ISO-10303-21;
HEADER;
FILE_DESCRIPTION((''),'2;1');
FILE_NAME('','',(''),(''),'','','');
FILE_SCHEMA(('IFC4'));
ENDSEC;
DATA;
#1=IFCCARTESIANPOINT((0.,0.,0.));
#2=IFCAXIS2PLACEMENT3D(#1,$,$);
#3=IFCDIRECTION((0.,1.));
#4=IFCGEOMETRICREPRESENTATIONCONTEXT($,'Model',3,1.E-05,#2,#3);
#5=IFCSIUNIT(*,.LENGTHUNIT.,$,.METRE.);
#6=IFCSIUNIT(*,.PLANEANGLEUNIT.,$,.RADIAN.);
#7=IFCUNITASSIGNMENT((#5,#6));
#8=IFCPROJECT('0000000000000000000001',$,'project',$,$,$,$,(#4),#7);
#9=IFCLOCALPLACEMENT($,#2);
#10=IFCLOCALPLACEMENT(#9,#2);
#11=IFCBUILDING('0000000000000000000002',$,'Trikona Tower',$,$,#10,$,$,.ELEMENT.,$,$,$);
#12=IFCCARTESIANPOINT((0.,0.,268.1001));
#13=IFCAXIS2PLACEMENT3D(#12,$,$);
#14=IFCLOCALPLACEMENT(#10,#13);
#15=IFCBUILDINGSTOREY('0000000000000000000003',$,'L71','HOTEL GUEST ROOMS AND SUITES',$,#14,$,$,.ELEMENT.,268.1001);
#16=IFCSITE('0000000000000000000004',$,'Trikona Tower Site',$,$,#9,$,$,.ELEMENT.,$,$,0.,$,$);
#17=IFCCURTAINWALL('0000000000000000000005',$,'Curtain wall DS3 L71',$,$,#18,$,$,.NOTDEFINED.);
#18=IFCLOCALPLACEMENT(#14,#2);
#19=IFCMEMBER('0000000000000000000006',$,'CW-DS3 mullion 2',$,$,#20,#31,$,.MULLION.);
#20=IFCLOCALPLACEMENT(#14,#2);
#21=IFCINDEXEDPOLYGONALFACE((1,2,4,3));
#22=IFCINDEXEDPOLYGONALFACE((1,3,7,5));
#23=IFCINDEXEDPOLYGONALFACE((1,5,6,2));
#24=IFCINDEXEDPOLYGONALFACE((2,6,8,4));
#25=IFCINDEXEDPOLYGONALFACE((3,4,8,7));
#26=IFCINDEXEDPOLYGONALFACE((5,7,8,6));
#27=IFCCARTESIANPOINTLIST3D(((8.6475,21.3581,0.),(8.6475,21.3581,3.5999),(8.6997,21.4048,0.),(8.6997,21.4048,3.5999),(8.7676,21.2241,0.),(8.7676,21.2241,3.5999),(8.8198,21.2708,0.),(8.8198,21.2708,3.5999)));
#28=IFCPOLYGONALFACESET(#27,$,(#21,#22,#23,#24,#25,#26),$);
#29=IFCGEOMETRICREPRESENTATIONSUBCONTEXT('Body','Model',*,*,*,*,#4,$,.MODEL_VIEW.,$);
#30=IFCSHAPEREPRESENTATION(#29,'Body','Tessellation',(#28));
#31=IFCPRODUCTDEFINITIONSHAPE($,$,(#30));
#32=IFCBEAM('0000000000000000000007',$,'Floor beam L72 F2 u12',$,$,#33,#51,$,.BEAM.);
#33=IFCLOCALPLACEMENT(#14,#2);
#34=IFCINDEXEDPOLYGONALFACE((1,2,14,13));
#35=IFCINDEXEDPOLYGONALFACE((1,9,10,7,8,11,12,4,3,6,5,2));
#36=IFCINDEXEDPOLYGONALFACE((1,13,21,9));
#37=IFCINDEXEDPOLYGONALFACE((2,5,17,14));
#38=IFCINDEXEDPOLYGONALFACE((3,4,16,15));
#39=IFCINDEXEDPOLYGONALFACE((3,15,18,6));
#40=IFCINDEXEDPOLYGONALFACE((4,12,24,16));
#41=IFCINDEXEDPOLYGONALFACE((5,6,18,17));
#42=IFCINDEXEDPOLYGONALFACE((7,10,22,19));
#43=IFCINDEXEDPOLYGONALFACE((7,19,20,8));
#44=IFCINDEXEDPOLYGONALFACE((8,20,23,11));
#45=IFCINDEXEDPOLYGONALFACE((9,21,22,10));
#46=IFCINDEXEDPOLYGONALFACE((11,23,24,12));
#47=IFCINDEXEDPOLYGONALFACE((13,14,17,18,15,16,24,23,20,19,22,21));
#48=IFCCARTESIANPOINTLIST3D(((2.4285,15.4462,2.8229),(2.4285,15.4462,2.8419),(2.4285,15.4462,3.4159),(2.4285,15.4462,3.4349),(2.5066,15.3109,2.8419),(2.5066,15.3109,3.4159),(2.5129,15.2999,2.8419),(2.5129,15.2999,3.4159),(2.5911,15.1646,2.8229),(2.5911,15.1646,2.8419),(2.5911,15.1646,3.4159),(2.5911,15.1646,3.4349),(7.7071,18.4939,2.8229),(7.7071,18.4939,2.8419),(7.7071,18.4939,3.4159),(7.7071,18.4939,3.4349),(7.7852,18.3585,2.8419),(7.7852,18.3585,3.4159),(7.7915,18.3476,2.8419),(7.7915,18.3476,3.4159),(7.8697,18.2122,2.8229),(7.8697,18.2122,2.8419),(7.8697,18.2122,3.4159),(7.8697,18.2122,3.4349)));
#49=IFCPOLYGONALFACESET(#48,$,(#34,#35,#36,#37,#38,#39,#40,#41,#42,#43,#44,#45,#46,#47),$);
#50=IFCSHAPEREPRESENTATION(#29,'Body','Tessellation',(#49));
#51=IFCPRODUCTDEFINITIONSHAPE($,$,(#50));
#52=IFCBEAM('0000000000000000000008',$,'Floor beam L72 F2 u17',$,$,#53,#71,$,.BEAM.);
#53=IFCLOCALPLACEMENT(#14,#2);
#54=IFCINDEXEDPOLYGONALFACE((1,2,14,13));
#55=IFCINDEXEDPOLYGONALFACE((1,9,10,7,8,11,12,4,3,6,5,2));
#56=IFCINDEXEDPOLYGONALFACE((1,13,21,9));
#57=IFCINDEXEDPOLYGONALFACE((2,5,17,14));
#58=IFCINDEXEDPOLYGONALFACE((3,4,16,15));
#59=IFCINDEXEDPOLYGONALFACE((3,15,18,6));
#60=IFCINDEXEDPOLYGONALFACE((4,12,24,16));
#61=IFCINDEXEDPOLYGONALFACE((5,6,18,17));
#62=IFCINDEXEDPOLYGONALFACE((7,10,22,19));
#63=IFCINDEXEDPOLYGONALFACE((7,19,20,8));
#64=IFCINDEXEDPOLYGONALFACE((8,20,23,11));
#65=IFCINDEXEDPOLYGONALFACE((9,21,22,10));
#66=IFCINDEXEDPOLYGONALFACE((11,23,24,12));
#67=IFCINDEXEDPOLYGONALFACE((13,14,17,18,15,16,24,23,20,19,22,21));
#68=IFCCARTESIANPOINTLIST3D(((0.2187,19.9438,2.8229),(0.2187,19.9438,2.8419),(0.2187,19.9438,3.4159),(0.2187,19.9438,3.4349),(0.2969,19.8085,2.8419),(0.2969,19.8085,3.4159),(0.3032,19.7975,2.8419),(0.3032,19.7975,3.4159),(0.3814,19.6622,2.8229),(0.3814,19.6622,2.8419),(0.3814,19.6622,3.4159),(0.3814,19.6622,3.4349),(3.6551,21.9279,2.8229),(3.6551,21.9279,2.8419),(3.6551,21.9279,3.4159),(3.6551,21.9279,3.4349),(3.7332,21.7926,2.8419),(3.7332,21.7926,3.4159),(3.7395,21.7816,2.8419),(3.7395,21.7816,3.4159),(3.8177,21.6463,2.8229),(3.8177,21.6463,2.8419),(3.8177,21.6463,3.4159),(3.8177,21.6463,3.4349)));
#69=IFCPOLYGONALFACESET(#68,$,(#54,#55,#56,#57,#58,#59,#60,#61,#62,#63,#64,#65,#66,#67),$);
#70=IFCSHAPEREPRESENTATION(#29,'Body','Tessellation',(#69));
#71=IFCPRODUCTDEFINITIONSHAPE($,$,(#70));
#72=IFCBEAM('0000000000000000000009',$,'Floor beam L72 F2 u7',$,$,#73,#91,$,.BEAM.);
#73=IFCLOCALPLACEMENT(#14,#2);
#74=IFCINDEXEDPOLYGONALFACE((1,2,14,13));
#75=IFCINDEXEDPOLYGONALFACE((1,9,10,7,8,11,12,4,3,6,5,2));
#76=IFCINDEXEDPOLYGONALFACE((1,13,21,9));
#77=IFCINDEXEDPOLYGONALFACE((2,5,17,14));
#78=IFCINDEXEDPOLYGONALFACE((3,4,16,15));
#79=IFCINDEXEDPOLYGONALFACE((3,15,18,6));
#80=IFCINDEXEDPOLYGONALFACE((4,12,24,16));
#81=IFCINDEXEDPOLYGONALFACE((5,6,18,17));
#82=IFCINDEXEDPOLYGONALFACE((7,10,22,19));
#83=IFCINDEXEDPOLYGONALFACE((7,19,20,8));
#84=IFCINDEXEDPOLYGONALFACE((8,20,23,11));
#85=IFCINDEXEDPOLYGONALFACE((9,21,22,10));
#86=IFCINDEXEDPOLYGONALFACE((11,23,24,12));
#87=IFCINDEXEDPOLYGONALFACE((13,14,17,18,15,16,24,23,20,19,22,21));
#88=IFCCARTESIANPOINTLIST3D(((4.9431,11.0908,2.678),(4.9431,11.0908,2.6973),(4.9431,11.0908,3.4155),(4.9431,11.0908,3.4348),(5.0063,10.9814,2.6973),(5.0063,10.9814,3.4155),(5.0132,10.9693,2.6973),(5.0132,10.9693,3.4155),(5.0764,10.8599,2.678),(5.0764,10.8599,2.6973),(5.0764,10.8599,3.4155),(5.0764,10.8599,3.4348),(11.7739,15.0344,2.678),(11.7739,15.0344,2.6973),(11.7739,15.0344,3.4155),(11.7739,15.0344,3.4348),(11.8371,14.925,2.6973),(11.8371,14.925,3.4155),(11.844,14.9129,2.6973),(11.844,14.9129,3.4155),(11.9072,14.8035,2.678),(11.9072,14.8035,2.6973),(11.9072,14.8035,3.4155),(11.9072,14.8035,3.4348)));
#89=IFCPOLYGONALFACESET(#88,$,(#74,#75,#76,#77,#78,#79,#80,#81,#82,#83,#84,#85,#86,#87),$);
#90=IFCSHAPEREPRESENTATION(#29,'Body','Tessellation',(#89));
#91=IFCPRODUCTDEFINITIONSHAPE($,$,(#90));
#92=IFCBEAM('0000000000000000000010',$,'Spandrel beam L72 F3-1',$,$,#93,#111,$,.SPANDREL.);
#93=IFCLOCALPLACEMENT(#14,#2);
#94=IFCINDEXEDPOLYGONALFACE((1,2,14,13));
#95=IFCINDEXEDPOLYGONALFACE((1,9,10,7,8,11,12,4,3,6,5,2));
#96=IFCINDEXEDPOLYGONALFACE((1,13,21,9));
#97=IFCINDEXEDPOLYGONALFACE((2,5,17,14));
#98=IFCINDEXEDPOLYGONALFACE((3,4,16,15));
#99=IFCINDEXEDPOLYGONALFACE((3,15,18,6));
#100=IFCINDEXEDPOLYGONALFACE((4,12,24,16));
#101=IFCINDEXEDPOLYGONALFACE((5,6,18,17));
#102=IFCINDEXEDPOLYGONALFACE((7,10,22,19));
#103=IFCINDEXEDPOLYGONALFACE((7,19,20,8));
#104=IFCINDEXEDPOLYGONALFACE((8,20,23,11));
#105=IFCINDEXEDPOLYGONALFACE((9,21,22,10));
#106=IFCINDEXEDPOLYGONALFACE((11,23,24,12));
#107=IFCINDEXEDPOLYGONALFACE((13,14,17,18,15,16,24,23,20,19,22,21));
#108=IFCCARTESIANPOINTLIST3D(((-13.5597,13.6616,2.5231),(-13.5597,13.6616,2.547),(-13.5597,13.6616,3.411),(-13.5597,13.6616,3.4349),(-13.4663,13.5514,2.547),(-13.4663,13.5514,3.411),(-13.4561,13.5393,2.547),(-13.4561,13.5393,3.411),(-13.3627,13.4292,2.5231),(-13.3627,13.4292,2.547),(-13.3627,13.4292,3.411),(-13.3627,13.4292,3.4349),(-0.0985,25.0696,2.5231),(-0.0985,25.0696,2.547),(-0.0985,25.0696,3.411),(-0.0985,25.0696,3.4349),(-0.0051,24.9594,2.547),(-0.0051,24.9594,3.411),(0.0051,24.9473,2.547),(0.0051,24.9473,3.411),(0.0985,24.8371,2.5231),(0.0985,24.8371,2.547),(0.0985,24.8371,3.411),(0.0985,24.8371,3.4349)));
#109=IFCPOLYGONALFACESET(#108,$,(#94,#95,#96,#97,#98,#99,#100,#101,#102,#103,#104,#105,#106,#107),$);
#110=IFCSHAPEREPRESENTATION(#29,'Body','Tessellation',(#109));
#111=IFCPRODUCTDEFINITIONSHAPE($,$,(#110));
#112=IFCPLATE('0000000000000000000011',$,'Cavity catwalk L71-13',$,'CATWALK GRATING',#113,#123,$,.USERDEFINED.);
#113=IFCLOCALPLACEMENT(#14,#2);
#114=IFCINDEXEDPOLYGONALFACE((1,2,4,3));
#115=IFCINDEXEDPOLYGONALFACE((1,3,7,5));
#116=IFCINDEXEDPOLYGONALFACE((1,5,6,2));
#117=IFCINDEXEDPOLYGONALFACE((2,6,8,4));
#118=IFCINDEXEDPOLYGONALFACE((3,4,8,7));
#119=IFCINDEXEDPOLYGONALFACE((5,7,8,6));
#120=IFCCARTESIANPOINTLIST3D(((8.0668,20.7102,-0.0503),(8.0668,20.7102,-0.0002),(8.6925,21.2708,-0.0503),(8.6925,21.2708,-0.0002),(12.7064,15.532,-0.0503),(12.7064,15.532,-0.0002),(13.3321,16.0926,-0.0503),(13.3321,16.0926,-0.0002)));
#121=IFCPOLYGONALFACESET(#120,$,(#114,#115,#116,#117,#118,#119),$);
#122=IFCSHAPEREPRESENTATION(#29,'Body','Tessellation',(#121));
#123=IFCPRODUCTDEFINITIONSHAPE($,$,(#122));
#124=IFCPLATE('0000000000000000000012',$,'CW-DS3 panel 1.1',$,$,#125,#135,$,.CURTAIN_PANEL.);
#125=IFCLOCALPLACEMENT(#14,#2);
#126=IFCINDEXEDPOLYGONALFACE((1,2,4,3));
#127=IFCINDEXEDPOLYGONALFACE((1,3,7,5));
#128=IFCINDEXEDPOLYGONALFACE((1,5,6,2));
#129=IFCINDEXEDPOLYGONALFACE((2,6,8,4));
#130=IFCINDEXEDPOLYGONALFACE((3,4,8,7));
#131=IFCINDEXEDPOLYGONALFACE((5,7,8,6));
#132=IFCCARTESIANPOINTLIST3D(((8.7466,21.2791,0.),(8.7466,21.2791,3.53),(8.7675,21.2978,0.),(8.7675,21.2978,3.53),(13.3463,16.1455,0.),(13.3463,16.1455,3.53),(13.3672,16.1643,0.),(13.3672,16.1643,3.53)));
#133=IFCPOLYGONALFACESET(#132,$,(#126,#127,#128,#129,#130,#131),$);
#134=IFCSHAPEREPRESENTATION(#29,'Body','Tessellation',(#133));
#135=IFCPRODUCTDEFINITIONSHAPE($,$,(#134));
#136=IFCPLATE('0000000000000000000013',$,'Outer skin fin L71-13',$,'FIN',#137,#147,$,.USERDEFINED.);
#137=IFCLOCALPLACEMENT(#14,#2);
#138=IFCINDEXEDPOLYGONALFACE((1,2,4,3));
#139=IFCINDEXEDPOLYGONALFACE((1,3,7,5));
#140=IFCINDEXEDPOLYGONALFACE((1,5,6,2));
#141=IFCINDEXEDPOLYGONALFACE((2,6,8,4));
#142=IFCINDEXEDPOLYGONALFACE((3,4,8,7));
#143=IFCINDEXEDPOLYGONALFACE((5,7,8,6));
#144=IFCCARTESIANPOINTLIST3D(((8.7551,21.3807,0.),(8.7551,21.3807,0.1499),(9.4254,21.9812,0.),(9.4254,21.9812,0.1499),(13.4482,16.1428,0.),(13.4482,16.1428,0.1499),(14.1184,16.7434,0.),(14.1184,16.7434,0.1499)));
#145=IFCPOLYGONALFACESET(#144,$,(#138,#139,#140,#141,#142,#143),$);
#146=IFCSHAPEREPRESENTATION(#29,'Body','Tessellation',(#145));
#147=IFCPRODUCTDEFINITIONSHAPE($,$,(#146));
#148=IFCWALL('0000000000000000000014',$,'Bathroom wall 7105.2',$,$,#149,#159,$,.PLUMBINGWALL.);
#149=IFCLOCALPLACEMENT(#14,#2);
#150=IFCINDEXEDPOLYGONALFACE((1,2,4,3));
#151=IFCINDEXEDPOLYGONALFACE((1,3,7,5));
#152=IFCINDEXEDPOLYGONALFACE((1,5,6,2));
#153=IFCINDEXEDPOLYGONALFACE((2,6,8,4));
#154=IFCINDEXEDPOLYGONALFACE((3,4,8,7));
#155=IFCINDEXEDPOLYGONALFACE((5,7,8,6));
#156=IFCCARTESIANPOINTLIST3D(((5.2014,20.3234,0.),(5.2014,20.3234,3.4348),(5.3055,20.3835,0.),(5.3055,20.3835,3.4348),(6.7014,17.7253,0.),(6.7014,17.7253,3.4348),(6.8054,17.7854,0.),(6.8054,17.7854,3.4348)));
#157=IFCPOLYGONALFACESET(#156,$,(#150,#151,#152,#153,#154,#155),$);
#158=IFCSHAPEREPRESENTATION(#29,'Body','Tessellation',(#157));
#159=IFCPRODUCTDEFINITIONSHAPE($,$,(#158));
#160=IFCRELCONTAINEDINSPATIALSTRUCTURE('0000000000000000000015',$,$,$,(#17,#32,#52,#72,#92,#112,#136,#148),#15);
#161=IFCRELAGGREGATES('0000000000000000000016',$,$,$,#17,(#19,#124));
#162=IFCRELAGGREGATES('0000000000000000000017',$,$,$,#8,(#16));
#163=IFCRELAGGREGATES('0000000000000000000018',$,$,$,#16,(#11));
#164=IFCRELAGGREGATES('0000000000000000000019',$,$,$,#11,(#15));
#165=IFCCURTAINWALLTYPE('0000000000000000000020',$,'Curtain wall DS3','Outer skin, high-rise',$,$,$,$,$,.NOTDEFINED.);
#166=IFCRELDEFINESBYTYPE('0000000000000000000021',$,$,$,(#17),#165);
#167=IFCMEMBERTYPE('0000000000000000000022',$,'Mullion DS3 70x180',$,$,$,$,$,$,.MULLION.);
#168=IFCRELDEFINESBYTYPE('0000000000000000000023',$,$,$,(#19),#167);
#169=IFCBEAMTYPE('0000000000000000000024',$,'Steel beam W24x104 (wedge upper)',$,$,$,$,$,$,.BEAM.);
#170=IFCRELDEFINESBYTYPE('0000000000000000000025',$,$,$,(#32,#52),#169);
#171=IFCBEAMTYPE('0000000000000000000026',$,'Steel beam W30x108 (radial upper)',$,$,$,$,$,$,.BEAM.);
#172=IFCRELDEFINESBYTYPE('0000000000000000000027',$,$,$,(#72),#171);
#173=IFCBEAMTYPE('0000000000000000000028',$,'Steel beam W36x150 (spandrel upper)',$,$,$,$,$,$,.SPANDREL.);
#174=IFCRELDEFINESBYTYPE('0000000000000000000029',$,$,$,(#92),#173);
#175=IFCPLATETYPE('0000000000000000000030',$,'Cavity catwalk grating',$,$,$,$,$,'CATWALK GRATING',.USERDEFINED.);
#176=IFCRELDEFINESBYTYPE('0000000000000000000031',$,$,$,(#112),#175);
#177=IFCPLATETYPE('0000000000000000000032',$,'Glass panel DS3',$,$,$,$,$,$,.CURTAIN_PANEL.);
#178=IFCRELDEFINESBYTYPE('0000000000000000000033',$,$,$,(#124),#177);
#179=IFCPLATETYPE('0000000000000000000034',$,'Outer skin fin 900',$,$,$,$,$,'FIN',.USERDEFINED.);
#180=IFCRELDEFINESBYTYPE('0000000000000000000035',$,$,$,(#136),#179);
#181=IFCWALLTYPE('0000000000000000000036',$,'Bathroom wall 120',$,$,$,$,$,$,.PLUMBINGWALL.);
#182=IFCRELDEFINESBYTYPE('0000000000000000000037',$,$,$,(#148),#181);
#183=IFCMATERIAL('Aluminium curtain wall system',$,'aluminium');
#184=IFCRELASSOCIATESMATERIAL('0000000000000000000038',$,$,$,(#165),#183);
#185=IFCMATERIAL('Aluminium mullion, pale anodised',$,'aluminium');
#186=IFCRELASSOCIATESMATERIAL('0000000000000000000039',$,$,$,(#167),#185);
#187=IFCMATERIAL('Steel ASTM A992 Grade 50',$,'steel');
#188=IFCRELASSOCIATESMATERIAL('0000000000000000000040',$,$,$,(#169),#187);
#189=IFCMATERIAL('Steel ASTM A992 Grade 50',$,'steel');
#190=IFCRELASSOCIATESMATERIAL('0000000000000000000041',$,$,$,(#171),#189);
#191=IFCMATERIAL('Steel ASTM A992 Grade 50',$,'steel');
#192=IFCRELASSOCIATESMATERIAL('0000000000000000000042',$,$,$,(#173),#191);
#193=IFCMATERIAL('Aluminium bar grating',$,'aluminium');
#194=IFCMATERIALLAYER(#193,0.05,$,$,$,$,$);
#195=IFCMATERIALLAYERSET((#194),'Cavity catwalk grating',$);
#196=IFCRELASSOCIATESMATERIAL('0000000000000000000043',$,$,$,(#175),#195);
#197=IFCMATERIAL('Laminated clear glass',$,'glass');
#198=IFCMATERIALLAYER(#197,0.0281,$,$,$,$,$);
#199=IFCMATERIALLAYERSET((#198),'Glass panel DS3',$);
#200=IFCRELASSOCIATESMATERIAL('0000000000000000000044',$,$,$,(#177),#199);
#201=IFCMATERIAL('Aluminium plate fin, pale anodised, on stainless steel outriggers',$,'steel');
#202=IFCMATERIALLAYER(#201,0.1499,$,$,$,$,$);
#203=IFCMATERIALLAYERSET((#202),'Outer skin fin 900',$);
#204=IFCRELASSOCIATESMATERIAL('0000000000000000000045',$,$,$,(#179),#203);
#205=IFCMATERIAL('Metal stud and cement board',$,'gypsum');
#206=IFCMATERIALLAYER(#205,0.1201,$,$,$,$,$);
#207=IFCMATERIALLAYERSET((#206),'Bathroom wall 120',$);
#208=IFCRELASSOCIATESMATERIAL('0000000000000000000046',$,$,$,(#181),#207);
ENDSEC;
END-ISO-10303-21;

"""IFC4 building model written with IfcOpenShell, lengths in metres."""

from ifc_helpers import new_model, si_unit, direction, frame, frame_2d, origin, origin_2d, place, context, subcontext, project, spatial, rectangle, i_section, extrude, material, layer, layer_set, material_profile, profile_set, type_object, element, aggregate, save


model = new_model("IFC4")

# Units and contexts
model_context = context("Model", 3, precision=1e-05, world=origin(), true_north=direction((0.0, 1.0)))
body_context = subcontext(model_context, "Body", "Model", "MODEL_VIEW")
ifc_project = project(units=[si_unit("LENGTHUNIT", "METRE"), si_unit("PLANEANGLEUNIT", "RADIAN")], contexts=[model_context])

# Site, building, storey
site_placement = place(None, origin())
site = spatial("IfcSite", under=ifc_project, at=site_placement, Name="Trikona Tower Site", CompositionType="ELEMENT", RefElevation=0.0)
building_placement = place(site_placement, origin())
building = spatial("IfcBuilding", under=site, at=building_placement, Name="Trikona Tower", CompositionType="ELEMENT")
storey_placement = place(building_placement, frame((0.0, 0.0, 268.1001)))
storey = spatial("IfcBuildingStorey", under=building, at=storey_placement, Name="L71", Description="HOTEL GUEST ROOMS AND SUITES", CompositionType="ELEMENT", Elevation=268.1001)

# Curtain wall, member
ifc_material_1 = material(Name="Aluminium curtain wall system", Category="aluminium")
curtain_wall_type = type_object("IfcCurtainWallType", Name="Curtain wall DS3", Description="Outer skin, high-rise", PredefinedType="NOTDEFINED", material=ifc_material_1)
curtain_wall_placement = place(storey_placement, origin())
curtain_wall = element("IfcCurtainWall", 1, at=curtain_wall_placement, inside=storey, type_object=curtain_wall_type, Name="Curtain wall DS3 L71", PredefinedType="NOTDEFINED")
ifc_material_2 = material(Name="Aluminium mullion, pale anodised", Category="aluminium")
ifc_material_profile_1 = material_profile(ifc_material_2, rectangle(XDim=0.0701, YDim=0.1799, at=origin_2d()), Name="MUL-DS3")
ifc_profile_set_1 = profile_set([ifc_material_profile_1], Name="Aluminium mullion, pale anodised")
member_type = type_object("IfcMemberType", Name="Mullion DS3 70x180", PredefinedType="MULLION", material=ifc_profile_set_1)
member_placement = place(storey_placement, frame((8.7336, 21.3145, 0.0), z_axis=(0.0, 0.0, 1.0), x_axis=(-0.744771, -0.66732, 0.0)))
member = element("IfcMember", 2, at=member_placement, type_object=member_type, Name="CW-DS3 mullion 2", PredefinedType="MULLION", context=body_context, shape_type="SweptSolid", body=[
    extrude(rectangle(XDim=0.0701, YDim=0.1799, at=origin_2d()), origin(), (0.0, 0.0, 1.0), 3.5999),
])

# Beams
ifc_material_3 = material(Name="Steel ASTM A992 Grade 50", Category="steel")
ifc_material_profile_2 = material_profile(ifc_material_3, i_section(OverallWidth=0.3252, OverallDepth=0.6121, WebThickness=0.0127, FlangeThickness=0.019, at=origin_2d()), Name="W24X104")
ifc_profile_set_2 = profile_set([ifc_material_profile_2], Name="Steel ASTM A992 Grade 50")
beam_type_1 = type_object("IfcBeamType", Name="Steel beam W24x104 (wedge upper)", PredefinedType="BEAM", material=ifc_profile_set_2)
beam_1_placement = place(storey_placement, frame((2.5098, 15.3054, 3.1289), z_axis=(0.866023, 0.500003, 0.0), x_axis=(-0.500003, 0.866023, 0.0)))
element("IfcBeam", 3, at=beam_1_placement, inside=storey, type_object=beam_type_1, Name="Floor beam L72 F2 u12", PredefinedType="BEAM", context=body_context, shape_type="SweptSolid", body=[
    extrude(i_section(OverallWidth=0.3252, OverallDepth=0.6121, WebThickness=0.0127, FlangeThickness=0.019, at=origin_2d()), origin(), (0.0, 0.0, 1.0), 6.0952),
])
beam_2_placement = place(storey_placement, frame((0.3, 19.803, 3.1289), z_axis=(0.866004, 0.500037, 0.0), x_axis=(-0.500037, 0.866004, 0.0)))
element("IfcBeam", 4, at=beam_2_placement, inside=storey, type_object=beam_type_1, Name="Floor beam L72 F2 u17", PredefinedType="BEAM", context=body_context, shape_type="SweptSolid", body=[
    extrude(i_section(OverallWidth=0.3252, OverallDepth=0.6121, WebThickness=0.0127, FlangeThickness=0.019, at=origin_2d()), origin(), (0.0, 0.0, 1.0), 3.968),
])
ifc_material_4 = material(Name="Steel ASTM A992 Grade 50", Category="steel")
ifc_material_profile_3 = material_profile(ifc_material_4, i_section(OverallWidth=0.2666, OverallDepth=0.7568, WebThickness=0.0139, FlangeThickness=0.0193, at=origin_2d()), Name="W30X108")
ifc_profile_set_3 = profile_set([ifc_material_profile_3], Name="Steel ASTM A992 Grade 50")
beam_type_2 = type_object("IfcBeamType", Name="Steel beam W30x108 (radial upper)", PredefinedType="BEAM", material=ifc_profile_set_3)
beam_3_placement = place(storey_placement, frame((5.0098, 10.9753, 3.0564), z_axis=(0.866035, 0.499984, 0.0), x_axis=(-0.499984, 0.866035, 0.0)))
element("IfcBeam", 5, at=beam_3_placement, inside=storey, type_object=beam_type_2, Name="Floor beam L72 F2 u7", PredefinedType="BEAM", context=body_context, shape_type="SweptSolid", body=[
    extrude(i_section(OverallWidth=0.2666, OverallDepth=0.7568, WebThickness=0.0139, FlangeThickness=0.0193, at=origin_2d()), origin(), (0.0, 0.0, 1.0), 7.8875),
])
ifc_material_5 = material(Name="Steel ASTM A992 Grade 50", Category="steel")
ifc_material_profile_4 = material_profile(ifc_material_5, i_section(OverallWidth=0.3047, OverallDepth=0.9119, WebThickness=0.0159, FlangeThickness=0.0239, at=origin_2d()), Name="W36X150")
ifc_profile_set_4 = profile_set([ifc_material_profile_4], Name="Steel ASTM A992 Grade 50")
beam_type_3 = type_object("IfcBeamType", Name="Steel beam W36x150 (spandrel upper)", PredefinedType="SPANDREL", material=ifc_profile_set_4)
beam_4_placement = place(storey_placement, frame((0.0, 24.9534, 2.979), z_axis=(-0.762891, -0.646528, 0.0), x_axis=(0.646528, -0.762891, 0.0)))
element("IfcBeam", 6, at=beam_4_placement, inside=storey, type_object=beam_type_3, Name="Spandrel beam L72 F3-1", PredefinedType="SPANDREL", context=body_context, shape_type="SweptSolid", body=[
    extrude(i_section(OverallWidth=0.3047, OverallDepth=0.9119, WebThickness=0.0159, FlangeThickness=0.0239, at=origin_2d()), origin(), (0.0, 0.0, 1.0), 17.645),
])

# Plates
ifc_material_6 = material(Name="Aluminium bar grating", Category="aluminium")
ifc_layer_1 = layer(ifc_material_6, 0.05)
ifc_layer_set_1 = layer_set([ifc_layer_1], Name="Cavity catwalk grating")
plate_type_1 = type_object("IfcPlateType", Name="Cavity catwalk grating", ElementType="CATWALK GRATING", PredefinedType="USERDEFINED", material=ifc_layer_set_1)
plate_1_placement = place(storey_placement, frame((10.6995, 18.4014, -0.0503), z_axis=(0.0, 0.0, 1.0), x_axis=(-0.667311, 0.744779, 0.0)))
element("IfcPlate", 7, at=plate_1_placement, inside=storey, type_object=plate_type_1, Name="Cavity catwalk L71-13", ObjectType="CATWALK GRATING", PredefinedType="USERDEFINED", context=body_context, shape_type="SweptSolid", body=[
    extrude(rectangle(XDim=6.9526, YDim=0.8401, at=origin_2d()), origin(), (0.0, 0.0, 1.0), 0.05),
])
ifc_material_7 = material(Name="Laminated clear glass", Category="glass")
ifc_layer_2 = layer(ifc_material_7, 0.0281)
ifc_layer_set_2 = layer_set([ifc_layer_2], Name="Glass panel DS3")
plate_type_2 = type_object("IfcPlateType", Name="Glass panel DS3", PredefinedType="CURTAIN_PANEL", material=ifc_layer_set_2)
plate_2_placement = place(storey_placement, frame((11.0569, 18.7217, 0.0), z_axis=(0.0, 0.0, 1.0), x_axis=(-0.66732, 0.744771, 0.0)))
plate_2 = element("IfcPlate", 8, at=plate_2_placement, type_object=plate_type_2, Name="CW-DS3 panel 1.1", PredefinedType="CURTAIN_PANEL", context=body_context, shape_type="SweptSolid", body=[
    extrude(rectangle(XDim=6.8928, YDim=0.0281, at=origin_2d()), origin(), (0.0, 0.0, 1.0), 3.53),
])
aggregate(curtain_wall, [member, plate_2])
ifc_material_8 = material(Name="Aluminium plate fin, pale anodised, on stainless steel outriggers", Category="steel")
ifc_layer_3 = layer(ifc_material_8, 0.1499)
ifc_layer_set_3 = layer_set([ifc_layer_3], Name="Outer skin fin 900")
plate_type_3 = type_object("IfcPlateType", Name="Outer skin fin 900", ElementType="FIN", PredefinedType="USERDEFINED", material=ifc_layer_set_3)
plate_3_placement = place(storey_placement, frame((11.4368, 19.062, 0.0), z_axis=(0.0, 0.0, 1.0), x_axis=(-0.667311, 0.744779, 0.0)))
element("IfcPlate", 9, at=plate_3_placement, inside=storey, type_object=plate_type_3, Name="Outer skin fin L71-13", ObjectType="FIN", PredefinedType="USERDEFINED", context=body_context, shape_type="SweptSolid", body=[
    extrude(rectangle(XDim=7.0327, YDim=0.8999, at=origin_2d()), origin(), (0.0, 0.0, 1.0), 0.1499),
])

# Wall
ifc_material_9 = material(Name="Metal stud and cement board", Category="gypsum")
ifc_layer_4 = layer(ifc_material_9, 0.1201)
ifc_layer_set_4 = layer_set([ifc_layer_4], Name="Bathroom wall 120")
wall_type_1 = type_object("IfcWallType", Name="Bathroom wall 120", PredefinedType="PLUMBINGWALL", material=ifc_layer_set_4)
wall_1_placement = place(storey_placement, frame((6.7534, 17.7554, 0.0), z_axis=(0.0, 0.0, 1.0), x_axis=(-0.49999, 0.866031, 0.0)))
element("IfcWall", 10, at=wall_1_placement, inside=storey, type_object=wall_type_1, Name="Bathroom wall 7105.2", PredefinedType="PLUMBINGWALL", context=body_context, shape_type="SweptSolid", body=[
    extrude(rectangle(XDim=3.0, YDim=0.1201, at=frame_2d((1.5, 0.0))), origin(), (0.0, 0.0, 1.0), 3.4348),
])

save(model, "model.ifc")
